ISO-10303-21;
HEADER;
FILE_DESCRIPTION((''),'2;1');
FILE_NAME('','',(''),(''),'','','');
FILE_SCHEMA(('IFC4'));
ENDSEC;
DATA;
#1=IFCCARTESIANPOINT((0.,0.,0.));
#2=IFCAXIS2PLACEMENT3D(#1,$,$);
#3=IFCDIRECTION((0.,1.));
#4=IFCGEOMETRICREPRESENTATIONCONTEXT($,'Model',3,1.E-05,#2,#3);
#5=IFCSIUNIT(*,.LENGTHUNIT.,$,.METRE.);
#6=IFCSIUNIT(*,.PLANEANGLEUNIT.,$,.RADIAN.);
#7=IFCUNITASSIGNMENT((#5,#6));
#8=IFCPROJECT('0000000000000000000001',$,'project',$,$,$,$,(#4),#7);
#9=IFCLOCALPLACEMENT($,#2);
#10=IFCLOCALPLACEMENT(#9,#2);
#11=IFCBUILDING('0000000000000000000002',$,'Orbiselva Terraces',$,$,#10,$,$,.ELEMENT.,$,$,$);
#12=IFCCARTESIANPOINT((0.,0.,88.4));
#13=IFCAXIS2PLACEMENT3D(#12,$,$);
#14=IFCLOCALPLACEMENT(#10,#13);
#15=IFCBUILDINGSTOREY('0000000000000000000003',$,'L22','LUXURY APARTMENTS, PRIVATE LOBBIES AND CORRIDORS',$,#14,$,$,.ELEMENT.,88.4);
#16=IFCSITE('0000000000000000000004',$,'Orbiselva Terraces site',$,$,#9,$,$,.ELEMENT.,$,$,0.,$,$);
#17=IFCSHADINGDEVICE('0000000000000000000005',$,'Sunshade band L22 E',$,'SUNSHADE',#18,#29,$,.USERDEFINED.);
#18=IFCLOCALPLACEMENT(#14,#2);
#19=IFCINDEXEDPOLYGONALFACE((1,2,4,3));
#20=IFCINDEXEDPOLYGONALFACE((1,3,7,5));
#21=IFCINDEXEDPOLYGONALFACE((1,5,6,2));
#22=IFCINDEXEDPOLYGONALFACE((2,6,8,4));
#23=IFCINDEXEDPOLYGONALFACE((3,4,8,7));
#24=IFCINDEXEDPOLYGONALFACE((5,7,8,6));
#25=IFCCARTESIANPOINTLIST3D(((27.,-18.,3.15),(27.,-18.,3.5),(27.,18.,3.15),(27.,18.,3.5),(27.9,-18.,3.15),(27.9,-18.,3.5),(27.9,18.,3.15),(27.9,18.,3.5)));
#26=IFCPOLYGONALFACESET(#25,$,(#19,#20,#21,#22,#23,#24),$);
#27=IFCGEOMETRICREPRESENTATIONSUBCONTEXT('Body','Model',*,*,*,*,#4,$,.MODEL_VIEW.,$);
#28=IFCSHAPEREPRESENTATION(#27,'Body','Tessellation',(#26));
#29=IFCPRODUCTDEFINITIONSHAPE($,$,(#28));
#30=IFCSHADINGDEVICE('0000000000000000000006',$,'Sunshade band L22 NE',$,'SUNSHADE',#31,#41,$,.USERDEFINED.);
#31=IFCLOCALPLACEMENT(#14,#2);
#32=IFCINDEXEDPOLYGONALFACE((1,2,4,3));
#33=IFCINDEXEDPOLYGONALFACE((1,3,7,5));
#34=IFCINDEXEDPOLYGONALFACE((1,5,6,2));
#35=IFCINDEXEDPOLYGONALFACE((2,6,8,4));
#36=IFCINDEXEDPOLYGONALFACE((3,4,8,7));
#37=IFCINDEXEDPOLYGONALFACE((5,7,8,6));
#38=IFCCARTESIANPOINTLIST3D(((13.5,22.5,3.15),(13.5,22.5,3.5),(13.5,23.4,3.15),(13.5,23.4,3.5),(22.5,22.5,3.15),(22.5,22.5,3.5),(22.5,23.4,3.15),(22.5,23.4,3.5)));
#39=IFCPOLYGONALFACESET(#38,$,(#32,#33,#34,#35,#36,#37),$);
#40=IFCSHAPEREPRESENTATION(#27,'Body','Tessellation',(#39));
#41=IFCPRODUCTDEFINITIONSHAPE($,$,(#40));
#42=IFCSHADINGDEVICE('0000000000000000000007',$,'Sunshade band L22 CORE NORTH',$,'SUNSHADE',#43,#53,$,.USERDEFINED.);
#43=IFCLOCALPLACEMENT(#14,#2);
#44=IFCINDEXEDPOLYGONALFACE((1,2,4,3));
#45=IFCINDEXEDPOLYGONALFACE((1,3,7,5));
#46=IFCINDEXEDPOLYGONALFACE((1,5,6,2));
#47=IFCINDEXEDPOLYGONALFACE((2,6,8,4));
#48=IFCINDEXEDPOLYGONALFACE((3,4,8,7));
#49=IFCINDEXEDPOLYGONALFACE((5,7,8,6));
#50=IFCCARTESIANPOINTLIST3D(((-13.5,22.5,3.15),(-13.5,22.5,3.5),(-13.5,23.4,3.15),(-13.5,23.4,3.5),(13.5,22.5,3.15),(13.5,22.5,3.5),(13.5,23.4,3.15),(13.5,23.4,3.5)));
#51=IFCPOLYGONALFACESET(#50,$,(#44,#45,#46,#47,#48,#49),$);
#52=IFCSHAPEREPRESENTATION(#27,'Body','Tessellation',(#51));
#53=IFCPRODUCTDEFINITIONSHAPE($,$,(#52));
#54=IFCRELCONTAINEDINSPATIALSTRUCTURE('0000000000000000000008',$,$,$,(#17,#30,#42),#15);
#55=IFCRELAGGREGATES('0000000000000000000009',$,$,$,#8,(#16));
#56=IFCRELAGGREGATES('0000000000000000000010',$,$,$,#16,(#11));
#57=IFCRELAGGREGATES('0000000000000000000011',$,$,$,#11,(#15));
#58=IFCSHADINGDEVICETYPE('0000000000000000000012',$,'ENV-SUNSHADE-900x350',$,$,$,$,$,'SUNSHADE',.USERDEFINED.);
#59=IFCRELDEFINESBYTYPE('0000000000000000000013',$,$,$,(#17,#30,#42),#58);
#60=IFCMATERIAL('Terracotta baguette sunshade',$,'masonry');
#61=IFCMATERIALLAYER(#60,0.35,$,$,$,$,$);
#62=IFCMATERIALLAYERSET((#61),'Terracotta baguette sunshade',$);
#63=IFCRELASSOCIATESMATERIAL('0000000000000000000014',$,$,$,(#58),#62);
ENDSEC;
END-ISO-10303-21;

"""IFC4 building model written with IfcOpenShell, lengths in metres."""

from ifc_helpers import new_model, si_unit, direction, frame, origin, place, context, subcontext, project, spatial, polyline, outline, extrude, material, layer, layer_set, type_object, element, save


model = new_model("IFC4")

# Units and contexts
model_context = context("Model", 3, precision=1e-05, world=origin(), true_north=direction((0.0, 1.0)))
body_context = subcontext(model_context, "Body", "Model", "MODEL_VIEW")
ifc_project = project(units=[si_unit("LENGTHUNIT", "METRE"), si_unit("PLANEANGLEUNIT", "RADIAN")], contexts=[model_context])

# Site, building, storey
site_placement = place(None, origin())
site = spatial("IfcSite", under=ifc_project, at=site_placement, Name="Orbiselva Terraces site", CompositionType="ELEMENT", RefElevation=0.0)
building_placement = place(site_placement, origin())
building = spatial("IfcBuilding", under=site, at=building_placement, Name="Orbiselva Terraces", CompositionType="ELEMENT")
storey_placement = place(building_placement, frame((0.0, 0.0, 88.4)))
storey = spatial("IfcBuildingStorey", under=building, at=storey_placement, Name="L22", Description="LUXURY APARTMENTS, PRIVATE LOBBIES AND CORRIDORS", CompositionType="ELEMENT", Elevation=88.4)

# Shading devices
ifc_material_1 = material(Name="Terracotta baguette sunshade", Category="masonry")
ifc_layer_1 = layer(ifc_material_1, 0.35)
ifc_layer_set_1 = layer_set([ifc_layer_1], Name="Terracotta baguette sunshade")
shading_device_type = type_object("IfcShadingDeviceType", Name="ENV-SUNSHADE-900x350", ElementType="SUNSHADE", PredefinedType="USERDEFINED", material=ifc_layer_set_1)
shading_device_1_placement = place(storey_placement, frame((0.0, 0.0, 3.15)))
element("IfcShadingDevice", 1, at=shading_device_1_placement, inside=storey, type_object=shading_device_type, Name="Sunshade band L22 E", ObjectType="SUNSHADE", PredefinedType="USERDEFINED", context=body_context, shape_type="SweptSolid", body=[
    extrude(outline(polyline([(27.9, -18.0), (27.9, 18.0), (27.0, 18.0), (27.0, -18.0), (27.9, -18.0)])), origin(), (0.0, 0.0, 1.0), 0.35),
])
shading_device_2_placement = place(storey_placement, frame((0.0, 0.0, 3.15)))
element("IfcShadingDevice", 2, at=shading_device_2_placement, inside=storey, type_object=shading_device_type, Name="Sunshade band L22 NE", ObjectType="SUNSHADE", PredefinedType="USERDEFINED", context=body_context, shape_type="SweptSolid", body=[
    extrude(outline(polyline([(22.5, 23.4), (13.5, 23.4), (13.5, 22.5), (22.5, 22.5), (22.5, 23.4)])), origin(), (0.0, 0.0, 1.0), 0.35),
])
shading_device_3_placement = place(storey_placement, frame((0.0, 0.0, 3.15)))
element("IfcShadingDevice", 3, at=shading_device_3_placement, inside=storey, type_object=shading_device_type, Name="Sunshade band L22 CORE NORTH", ObjectType="SUNSHADE", PredefinedType="USERDEFINED", context=body_context, shape_type="SweptSolid", body=[
    extrude(outline(polyline([(13.5, 23.4), (-13.5, 23.4), (-13.5, 22.5), (13.5, 22.5), (13.5, 23.4)])), origin(), (0.0, 0.0, 1.0), 0.35),
])

save(model, "model.ifc")
